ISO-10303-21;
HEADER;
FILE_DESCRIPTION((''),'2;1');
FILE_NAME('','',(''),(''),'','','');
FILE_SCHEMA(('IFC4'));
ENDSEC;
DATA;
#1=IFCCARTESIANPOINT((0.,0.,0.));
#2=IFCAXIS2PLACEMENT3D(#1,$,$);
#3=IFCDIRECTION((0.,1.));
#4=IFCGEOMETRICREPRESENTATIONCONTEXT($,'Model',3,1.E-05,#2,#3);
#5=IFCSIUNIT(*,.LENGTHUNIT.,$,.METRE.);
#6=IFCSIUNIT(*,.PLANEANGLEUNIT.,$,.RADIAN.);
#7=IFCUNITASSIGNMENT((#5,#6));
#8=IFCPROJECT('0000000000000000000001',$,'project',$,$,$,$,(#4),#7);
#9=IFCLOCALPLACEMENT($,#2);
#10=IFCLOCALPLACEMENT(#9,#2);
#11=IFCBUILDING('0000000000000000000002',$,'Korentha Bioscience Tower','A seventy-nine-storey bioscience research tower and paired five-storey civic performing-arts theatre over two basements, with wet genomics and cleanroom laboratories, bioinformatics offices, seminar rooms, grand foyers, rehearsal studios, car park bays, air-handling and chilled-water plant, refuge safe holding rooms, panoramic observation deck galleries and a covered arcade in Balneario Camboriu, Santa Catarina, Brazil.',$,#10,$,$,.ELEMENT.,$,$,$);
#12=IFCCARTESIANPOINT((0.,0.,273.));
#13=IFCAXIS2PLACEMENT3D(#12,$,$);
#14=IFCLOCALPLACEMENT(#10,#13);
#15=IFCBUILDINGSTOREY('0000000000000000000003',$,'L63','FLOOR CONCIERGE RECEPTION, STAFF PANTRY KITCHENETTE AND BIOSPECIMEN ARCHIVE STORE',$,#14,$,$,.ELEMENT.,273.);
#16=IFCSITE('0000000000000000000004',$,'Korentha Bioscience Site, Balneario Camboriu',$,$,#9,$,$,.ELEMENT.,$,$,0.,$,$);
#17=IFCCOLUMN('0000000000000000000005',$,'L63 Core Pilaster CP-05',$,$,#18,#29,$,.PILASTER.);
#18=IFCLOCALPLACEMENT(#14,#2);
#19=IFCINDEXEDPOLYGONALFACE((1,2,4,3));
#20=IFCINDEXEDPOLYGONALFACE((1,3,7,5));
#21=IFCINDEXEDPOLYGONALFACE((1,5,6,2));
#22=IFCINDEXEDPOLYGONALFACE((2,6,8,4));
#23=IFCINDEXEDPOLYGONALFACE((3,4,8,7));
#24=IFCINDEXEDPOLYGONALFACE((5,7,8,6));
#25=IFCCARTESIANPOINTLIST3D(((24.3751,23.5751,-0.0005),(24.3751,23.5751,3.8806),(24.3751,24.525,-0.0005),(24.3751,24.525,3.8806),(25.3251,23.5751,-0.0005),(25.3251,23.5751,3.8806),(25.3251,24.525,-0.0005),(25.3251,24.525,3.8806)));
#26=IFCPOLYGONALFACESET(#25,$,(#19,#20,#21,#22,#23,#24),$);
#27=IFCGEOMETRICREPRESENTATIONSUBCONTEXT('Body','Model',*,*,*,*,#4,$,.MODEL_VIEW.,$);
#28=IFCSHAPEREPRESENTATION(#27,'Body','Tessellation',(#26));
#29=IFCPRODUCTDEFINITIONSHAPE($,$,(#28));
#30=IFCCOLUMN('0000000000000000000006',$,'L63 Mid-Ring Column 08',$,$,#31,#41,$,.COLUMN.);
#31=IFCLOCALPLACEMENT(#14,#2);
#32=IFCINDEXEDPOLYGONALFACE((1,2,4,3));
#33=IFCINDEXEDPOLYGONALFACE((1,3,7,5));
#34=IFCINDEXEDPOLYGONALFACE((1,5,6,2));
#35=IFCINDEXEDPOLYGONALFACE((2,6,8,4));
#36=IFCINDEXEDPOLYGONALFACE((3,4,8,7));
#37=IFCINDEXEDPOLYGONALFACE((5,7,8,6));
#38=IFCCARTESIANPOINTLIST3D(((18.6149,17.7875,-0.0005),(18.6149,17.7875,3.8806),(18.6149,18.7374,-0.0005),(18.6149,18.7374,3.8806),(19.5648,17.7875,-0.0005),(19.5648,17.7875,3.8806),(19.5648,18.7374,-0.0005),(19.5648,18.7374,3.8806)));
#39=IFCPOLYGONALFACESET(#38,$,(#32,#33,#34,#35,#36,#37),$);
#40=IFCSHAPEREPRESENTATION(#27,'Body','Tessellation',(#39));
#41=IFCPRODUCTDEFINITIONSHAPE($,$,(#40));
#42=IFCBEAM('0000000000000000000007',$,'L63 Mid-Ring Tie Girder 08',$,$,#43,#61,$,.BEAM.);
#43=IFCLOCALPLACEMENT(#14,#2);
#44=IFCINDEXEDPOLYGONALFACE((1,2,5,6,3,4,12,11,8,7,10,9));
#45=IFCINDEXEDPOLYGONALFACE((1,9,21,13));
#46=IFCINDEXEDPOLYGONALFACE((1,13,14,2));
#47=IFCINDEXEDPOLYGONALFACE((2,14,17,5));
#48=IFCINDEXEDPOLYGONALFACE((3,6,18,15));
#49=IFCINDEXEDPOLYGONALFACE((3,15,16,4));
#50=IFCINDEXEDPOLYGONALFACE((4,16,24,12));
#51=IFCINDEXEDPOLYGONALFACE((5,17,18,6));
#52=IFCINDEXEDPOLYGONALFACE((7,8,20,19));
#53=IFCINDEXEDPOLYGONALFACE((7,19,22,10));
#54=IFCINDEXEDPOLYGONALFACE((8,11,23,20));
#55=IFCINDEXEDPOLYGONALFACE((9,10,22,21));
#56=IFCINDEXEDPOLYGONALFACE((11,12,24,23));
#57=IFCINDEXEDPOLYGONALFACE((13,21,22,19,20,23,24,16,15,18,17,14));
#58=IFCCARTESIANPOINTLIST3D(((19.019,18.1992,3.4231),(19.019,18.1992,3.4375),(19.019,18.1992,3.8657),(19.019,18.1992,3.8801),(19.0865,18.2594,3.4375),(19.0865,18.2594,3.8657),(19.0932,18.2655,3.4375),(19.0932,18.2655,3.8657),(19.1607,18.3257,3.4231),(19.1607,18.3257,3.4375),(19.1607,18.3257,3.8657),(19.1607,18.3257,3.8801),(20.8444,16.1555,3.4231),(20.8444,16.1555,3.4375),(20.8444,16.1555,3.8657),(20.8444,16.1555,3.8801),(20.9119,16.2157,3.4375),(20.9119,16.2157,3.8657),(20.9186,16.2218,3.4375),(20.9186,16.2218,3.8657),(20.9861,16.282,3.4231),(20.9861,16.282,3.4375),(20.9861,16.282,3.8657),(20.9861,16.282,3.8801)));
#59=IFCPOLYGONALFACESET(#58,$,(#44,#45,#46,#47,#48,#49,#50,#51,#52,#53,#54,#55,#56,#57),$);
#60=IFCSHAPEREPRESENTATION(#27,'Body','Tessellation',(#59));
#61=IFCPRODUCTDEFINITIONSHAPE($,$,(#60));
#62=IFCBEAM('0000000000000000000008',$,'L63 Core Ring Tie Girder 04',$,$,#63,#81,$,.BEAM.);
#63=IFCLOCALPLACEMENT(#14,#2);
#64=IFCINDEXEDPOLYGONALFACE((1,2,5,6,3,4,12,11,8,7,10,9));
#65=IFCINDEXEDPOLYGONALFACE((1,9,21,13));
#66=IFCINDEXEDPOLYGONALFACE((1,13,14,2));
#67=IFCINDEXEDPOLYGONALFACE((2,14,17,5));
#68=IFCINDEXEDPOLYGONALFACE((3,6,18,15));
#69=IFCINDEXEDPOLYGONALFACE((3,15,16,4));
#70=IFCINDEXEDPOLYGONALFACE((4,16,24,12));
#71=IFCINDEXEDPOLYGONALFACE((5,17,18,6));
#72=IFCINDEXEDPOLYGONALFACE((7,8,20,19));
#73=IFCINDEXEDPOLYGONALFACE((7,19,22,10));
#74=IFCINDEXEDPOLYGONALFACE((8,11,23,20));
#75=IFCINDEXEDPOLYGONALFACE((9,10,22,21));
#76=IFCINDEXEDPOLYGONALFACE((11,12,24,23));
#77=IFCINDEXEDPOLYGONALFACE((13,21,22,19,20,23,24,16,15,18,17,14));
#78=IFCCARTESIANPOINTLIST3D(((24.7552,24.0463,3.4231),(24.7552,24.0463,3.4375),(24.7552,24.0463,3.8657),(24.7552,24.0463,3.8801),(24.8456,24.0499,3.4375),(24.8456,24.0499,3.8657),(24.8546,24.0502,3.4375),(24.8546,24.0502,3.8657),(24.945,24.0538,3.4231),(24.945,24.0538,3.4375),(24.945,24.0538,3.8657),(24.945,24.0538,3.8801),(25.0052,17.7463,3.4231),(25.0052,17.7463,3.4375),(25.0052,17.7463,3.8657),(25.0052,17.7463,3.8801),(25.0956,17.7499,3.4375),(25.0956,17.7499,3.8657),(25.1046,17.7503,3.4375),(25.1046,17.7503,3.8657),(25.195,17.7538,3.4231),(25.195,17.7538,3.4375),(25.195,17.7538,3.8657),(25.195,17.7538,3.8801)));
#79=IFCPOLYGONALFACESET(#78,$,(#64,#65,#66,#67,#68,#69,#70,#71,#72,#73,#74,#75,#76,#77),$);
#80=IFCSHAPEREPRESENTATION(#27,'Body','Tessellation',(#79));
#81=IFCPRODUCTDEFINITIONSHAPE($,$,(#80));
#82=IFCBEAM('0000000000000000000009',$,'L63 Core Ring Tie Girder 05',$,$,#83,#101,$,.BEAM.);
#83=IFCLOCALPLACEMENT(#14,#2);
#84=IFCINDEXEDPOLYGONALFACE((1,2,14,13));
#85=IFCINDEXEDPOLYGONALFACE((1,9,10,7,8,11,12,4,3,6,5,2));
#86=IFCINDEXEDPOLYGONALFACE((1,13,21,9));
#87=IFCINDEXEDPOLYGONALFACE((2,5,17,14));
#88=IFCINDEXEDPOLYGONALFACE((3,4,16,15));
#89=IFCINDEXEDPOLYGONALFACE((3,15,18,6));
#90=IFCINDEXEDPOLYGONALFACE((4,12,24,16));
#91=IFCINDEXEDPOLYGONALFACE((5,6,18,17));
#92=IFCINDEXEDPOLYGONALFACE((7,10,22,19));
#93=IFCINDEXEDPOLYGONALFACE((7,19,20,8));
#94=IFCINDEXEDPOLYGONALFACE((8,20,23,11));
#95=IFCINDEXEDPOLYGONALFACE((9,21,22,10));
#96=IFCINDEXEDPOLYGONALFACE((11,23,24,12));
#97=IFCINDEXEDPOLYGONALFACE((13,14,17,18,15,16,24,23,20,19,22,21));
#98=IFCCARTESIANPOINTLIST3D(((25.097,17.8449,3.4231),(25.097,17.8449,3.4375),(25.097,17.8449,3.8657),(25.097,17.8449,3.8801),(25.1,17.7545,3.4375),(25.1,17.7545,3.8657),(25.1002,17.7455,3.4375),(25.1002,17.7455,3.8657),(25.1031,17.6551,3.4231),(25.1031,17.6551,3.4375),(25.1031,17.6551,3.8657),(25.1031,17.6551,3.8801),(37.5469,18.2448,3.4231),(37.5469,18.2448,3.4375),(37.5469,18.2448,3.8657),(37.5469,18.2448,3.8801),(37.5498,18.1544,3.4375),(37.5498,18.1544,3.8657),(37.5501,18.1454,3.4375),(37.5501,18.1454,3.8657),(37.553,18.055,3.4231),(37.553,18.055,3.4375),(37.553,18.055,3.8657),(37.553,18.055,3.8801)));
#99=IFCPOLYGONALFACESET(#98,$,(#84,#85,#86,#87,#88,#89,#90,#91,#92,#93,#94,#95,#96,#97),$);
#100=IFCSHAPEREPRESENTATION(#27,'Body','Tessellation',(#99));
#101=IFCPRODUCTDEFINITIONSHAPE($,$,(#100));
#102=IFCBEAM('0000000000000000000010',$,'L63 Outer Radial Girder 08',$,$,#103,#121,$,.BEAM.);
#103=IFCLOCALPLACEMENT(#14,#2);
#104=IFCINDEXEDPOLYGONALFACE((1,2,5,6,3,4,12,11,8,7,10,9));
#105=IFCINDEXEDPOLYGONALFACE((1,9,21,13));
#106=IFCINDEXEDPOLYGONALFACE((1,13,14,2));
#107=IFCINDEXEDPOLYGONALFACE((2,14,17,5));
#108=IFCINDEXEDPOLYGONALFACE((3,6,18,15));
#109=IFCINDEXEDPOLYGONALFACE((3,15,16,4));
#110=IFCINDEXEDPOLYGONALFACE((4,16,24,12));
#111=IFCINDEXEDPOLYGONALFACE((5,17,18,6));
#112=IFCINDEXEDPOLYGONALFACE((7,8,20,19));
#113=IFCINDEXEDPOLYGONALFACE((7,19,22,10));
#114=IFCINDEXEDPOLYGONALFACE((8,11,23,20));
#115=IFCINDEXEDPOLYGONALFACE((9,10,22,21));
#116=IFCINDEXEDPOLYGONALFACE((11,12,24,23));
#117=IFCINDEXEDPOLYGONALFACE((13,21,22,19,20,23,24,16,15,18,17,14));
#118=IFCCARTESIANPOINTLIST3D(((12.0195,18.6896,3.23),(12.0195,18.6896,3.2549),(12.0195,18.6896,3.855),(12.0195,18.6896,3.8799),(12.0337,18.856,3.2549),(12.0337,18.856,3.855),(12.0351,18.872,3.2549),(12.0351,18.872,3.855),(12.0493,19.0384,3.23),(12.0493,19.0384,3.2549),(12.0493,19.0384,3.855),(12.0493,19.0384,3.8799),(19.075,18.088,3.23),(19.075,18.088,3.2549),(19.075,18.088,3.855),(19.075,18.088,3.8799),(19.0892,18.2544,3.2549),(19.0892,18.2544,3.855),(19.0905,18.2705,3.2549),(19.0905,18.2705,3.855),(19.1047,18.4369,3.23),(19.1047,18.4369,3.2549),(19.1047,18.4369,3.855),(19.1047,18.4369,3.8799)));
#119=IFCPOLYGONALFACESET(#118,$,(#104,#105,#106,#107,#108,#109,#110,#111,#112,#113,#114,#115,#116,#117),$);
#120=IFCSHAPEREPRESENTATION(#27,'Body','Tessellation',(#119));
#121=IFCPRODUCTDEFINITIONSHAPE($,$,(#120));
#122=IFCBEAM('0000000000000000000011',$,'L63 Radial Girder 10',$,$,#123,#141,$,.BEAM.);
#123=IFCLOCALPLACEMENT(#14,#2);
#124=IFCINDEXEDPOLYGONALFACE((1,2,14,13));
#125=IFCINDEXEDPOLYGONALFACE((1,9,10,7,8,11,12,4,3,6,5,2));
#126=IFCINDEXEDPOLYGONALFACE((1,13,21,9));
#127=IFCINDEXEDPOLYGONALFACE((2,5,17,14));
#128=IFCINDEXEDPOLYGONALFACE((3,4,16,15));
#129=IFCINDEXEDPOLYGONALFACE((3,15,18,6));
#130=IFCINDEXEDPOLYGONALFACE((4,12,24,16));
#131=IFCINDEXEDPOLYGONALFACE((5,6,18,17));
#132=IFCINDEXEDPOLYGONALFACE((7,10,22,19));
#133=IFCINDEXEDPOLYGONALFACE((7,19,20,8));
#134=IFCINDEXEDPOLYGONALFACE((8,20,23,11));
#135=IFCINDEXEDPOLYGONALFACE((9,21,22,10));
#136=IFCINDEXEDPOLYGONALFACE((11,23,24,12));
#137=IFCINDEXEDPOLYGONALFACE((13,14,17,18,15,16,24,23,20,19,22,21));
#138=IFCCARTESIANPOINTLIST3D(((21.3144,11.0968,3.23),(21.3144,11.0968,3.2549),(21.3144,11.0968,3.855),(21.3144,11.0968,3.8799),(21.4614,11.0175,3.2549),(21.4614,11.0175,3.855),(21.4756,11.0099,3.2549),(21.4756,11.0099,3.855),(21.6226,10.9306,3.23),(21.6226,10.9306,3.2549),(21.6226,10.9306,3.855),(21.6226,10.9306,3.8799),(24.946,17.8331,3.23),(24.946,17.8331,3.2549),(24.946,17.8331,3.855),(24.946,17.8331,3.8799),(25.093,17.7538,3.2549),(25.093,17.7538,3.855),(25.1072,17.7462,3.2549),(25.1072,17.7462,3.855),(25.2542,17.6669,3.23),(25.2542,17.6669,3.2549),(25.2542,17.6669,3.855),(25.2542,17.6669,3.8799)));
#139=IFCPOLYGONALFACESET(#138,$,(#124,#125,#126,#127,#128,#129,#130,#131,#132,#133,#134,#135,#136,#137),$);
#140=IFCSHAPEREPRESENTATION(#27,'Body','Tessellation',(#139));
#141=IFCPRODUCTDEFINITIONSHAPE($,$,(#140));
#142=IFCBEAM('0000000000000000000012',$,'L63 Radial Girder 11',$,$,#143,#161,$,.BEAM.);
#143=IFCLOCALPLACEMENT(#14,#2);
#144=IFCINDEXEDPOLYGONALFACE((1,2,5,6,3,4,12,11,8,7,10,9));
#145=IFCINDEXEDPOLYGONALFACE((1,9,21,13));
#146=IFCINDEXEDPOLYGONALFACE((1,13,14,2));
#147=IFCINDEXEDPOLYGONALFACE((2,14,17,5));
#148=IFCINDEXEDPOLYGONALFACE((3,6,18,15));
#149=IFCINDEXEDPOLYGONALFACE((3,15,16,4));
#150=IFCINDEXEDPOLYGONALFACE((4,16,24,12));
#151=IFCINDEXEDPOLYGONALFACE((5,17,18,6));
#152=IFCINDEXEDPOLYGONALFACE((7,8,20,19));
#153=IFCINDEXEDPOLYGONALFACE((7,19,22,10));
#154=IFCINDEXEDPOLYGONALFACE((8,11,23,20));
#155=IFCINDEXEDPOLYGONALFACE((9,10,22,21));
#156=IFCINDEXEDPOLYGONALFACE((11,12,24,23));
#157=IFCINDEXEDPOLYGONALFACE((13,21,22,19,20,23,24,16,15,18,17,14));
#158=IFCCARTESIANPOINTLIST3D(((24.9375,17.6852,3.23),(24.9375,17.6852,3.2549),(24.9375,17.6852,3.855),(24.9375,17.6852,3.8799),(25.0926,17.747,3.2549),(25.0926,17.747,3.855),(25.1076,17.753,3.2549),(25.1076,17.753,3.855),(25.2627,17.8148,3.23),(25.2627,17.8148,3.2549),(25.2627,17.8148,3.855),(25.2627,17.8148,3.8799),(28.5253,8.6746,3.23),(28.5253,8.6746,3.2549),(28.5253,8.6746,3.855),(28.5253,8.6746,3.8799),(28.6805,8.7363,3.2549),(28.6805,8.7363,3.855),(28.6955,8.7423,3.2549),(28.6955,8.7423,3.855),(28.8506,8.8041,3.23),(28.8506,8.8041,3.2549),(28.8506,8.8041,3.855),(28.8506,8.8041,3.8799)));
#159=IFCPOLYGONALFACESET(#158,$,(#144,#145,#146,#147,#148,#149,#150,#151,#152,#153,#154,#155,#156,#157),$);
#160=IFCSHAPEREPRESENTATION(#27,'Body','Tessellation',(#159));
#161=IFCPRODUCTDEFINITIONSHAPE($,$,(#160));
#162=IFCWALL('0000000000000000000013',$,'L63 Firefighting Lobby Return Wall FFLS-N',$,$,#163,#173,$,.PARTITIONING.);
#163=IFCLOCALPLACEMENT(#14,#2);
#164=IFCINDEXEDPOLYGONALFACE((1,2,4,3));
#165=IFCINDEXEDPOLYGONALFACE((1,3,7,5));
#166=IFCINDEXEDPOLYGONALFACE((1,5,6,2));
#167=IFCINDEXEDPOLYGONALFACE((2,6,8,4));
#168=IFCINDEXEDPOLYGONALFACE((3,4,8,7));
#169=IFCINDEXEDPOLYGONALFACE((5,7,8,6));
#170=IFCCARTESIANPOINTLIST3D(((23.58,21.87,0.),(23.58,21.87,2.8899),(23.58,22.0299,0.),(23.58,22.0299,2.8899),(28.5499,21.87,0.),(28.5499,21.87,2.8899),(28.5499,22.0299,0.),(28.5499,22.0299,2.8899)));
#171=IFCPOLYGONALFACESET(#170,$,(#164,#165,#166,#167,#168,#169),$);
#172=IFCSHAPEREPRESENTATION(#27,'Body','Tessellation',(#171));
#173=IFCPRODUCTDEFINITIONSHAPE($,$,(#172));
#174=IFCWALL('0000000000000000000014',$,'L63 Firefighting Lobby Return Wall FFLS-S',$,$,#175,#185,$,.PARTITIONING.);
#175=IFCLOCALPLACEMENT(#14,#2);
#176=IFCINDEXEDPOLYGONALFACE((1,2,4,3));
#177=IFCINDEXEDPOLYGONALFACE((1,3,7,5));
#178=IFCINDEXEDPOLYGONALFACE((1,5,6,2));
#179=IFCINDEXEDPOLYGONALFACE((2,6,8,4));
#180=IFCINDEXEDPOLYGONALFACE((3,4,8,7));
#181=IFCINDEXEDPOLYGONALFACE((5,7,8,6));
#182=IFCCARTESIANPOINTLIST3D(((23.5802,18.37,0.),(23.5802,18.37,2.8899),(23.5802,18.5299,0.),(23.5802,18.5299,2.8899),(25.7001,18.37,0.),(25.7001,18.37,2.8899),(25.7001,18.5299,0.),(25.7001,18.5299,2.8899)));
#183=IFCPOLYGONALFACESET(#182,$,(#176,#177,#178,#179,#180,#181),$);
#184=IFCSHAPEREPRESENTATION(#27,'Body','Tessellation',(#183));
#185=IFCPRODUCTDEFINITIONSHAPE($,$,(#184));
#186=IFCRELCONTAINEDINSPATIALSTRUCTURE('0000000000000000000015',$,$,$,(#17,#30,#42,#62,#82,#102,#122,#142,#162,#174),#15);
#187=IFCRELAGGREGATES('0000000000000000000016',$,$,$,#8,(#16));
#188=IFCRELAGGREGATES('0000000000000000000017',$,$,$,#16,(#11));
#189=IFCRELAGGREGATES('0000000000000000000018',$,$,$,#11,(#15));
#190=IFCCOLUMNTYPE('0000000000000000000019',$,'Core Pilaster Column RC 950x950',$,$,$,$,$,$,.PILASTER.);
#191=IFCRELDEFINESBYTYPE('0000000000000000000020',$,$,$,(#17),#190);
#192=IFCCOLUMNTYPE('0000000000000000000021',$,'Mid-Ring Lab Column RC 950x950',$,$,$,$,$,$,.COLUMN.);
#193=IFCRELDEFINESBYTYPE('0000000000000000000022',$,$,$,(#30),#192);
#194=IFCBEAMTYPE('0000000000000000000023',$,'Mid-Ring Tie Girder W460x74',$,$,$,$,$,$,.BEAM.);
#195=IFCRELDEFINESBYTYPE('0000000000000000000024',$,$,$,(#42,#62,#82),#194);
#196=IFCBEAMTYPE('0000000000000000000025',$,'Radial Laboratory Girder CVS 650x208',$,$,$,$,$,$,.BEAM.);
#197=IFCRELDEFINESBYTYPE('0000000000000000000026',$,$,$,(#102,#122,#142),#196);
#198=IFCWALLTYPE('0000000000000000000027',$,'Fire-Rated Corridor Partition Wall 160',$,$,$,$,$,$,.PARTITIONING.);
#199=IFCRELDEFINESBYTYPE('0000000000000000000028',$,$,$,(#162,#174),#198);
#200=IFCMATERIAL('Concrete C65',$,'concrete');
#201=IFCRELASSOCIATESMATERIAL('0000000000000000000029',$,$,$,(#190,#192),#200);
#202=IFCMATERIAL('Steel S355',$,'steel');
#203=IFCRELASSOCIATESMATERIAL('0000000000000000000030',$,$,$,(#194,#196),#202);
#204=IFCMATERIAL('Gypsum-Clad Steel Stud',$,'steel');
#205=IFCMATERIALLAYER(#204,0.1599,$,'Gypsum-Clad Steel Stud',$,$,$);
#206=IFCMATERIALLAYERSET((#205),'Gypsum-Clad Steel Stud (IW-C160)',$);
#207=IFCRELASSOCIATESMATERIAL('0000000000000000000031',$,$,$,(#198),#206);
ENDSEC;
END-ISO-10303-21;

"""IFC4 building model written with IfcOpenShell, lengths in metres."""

from ifc_helpers import new_model, si_unit, direction, frame, frame_2d, origin, origin_2d, place, context, subcontext, project, spatial, rectangle, i_section, extrude, material, layer, layer_set, material_profile, profile_set, type_object, element, save


model = new_model("IFC4")

# Units and contexts
model_context = context("Model", 3, precision=1e-05, world=origin(), true_north=direction((0.0, 1.0)))
body_context = subcontext(model_context, "Body", "Model", "MODEL_VIEW")
ifc_project = project(units=[si_unit("LENGTHUNIT", "METRE"), si_unit("PLANEANGLEUNIT", "RADIAN")], contexts=[model_context])

# Site, building, storey
site_placement = place(None, origin())
site = spatial("IfcSite", under=ifc_project, at=site_placement, Name="Korentha Bioscience Site, Balneario Camboriu", CompositionType="ELEMENT", RefElevation=0.0)
building_placement = place(site_placement, origin())
building = spatial("IfcBuilding", under=site, at=building_placement, Name="Korentha Bioscience Tower", Description="A seventy-nine-storey bioscience research tower and paired five-storey civic performing-arts theatre over two basements, with wet genomics and cleanroom laboratories, bioinformatics offices, seminar rooms, grand foyers, rehearsal studios, car park bays, air-handling and chilled-water plant, refuge safe holding rooms, panoramic observation deck galleries and a covered arcade in Balneario Camboriu, Santa Catarina, Brazil.", CompositionType="ELEMENT")
storey_placement = place(building_placement, frame((0.0, 0.0, 273.0)))
storey = spatial("IfcBuildingStorey", under=building, at=storey_placement, Name="L63", Description="FLOOR CONCIERGE RECEPTION, STAFF PANTRY KITCHENETTE AND BIOSPECIMEN ARCHIVE STORE", CompositionType="ELEMENT", Elevation=273.0)

# Columns
ifc_material_1 = material(Name="Concrete C65", Category="concrete")
ifc_material_profile_1 = material_profile(ifc_material_1, rectangle(XDim=0.95, YDim=0.95, at=origin_2d()), Name="Concrete C65")
ifc_profile_set_1 = profile_set([ifc_material_profile_1], Name="Concrete C65 (COL-CP09)")
column_type_1 = type_object("IfcColumnType", Name="Core Pilaster Column RC 950x950", PredefinedType="PILASTER", material=ifc_profile_set_1)
column_1_placement = place(storey_placement, frame((24.8501, 24.05, -0.0005), z_axis=(0.0, 0.0, 1.0), x_axis=(1.0, 0.0, 0.0)))
element("IfcColumn", 1, at=column_1_placement, inside=storey, type_object=column_type_1, Name="L63 Core Pilaster CP-05", PredefinedType="PILASTER", context=body_context, shape_type="SweptSolid", body=[
    extrude(rectangle(XDim=0.95, YDim=0.95, at=origin_2d()), origin(), (0.0, 0.0, 1.0), 3.8811),
])
ifc_material_profile_2 = material_profile(ifc_material_1, rectangle(XDim=0.95, YDim=0.95, at=origin_2d()), Name="Concrete C65")
ifc_profile_set_2 = profile_set([ifc_material_profile_2], Name="Concrete C65 (COL-MR09)")
column_type_2 = type_object("IfcColumnType", Name="Mid-Ring Lab Column RC 950x950", PredefinedType="COLUMN", material=ifc_profile_set_2)
column_2_placement = place(storey_placement, frame((19.0898, 18.2625, -0.0005), z_axis=(0.0, 0.0, 1.0), x_axis=(1.0, 0.0, 0.0)))
element("IfcColumn", 2, at=column_2_placement, inside=storey, type_object=column_type_2, Name="L63 Mid-Ring Column 08", PredefinedType="COLUMN", context=body_context, shape_type="SweptSolid", body=[
    extrude(rectangle(XDim=0.95, YDim=0.95, at=origin_2d()), origin(), (0.0, 0.0, 1.0), 3.8811),
])

# Beams
ifc_material_2 = material(Name="Steel S355", Category="steel")
ifc_material_profile_3 = material_profile(ifc_material_2, i_section(OverallWidth=0.1899, OverallDepth=0.457, WebThickness=0.009, FlangeThickness=0.0144, at=origin_2d()), Name="Steel S355")
ifc_profile_set_3 = profile_set([ifc_material_profile_3], Name="Steel S355 (MB-460)")
beam_type_1 = type_object("IfcBeamType", Name="Mid-Ring Tie Girder W460x74", PredefinedType="BEAM", material=ifc_profile_set_3)
beam_1_placement = place(storey_placement, frame((19.0898, 18.2625, 3.6516), z_axis=(0.666159, -0.74581, 0.0), x_axis=(0.74581, 0.666159, 0.0)))
element("IfcBeam", 3, at=beam_1_placement, inside=storey, type_object=beam_type_1, Name="L63 Mid-Ring Tie Girder 08", PredefinedType="BEAM", context=body_context, shape_type="SweptSolid", body=[
    extrude(i_section(OverallWidth=0.1899, OverallDepth=0.457, WebThickness=0.009, FlangeThickness=0.0144, at=origin_2d()), origin(), (0.0, 0.0, 1.0), 2.7402),
])
beam_2_placement = place(storey_placement, frame((24.8501, 24.05, 3.6516), z_axis=(0.039651, -0.999214, 0.0), x_axis=(0.999214, 0.039651, 0.0)))
element("IfcBeam", 4, at=beam_2_placement, inside=storey, type_object=beam_type_1, Name="L63 Core Ring Tie Girder 04", PredefinedType="BEAM", context=body_context, shape_type="SweptSolid", body=[
    extrude(i_section(OverallWidth=0.1899, OverallDepth=0.457, WebThickness=0.009, FlangeThickness=0.0144, at=origin_2d()), origin(), (0.0, 0.0, 1.0), 6.3049),
])
beam_3_placement = place(storey_placement, frame((25.1001, 17.75, 3.6516), z_axis=(0.999485, 0.032104, 0.0), x_axis=(-0.032104, 0.999485, 0.0)))
element("IfcBeam", 5, at=beam_3_placement, inside=storey, type_object=beam_type_1, Name="L63 Core Ring Tie Girder 05", PredefinedType="BEAM", context=body_context, shape_type="SweptSolid", body=[
    extrude(i_section(OverallWidth=0.1899, OverallDepth=0.457, WebThickness=0.009, FlangeThickness=0.0144, at=origin_2d()), origin(), (0.0, 0.0, 1.0), 12.4563),
])
ifc_material_profile_4 = material_profile(ifc_material_2, i_section(OverallWidth=0.3501, OverallDepth=0.6499, WebThickness=0.0161, FlangeThickness=0.0249, at=origin_2d()), Name="Steel S355")
ifc_profile_set_4 = profile_set([ifc_material_profile_4], Name="Steel S355 (RB-650)")
beam_type_2 = type_object("IfcBeamType", Name="Radial Laboratory Girder CVS 650x208", PredefinedType="BEAM", material=ifc_profile_set_4)
beam_4_placement = place(storey_placement, frame((19.0898, 18.2625, 3.5549), z_axis=(-0.996385, 0.084954, 0.0), x_axis=(-0.084954, -0.996385, 0.0)))
element("IfcBeam", 6, at=beam_4_placement, inside=storey, type_object=beam_type_2, Name="L63 Outer Radial Girder 08", PredefinedType="BEAM", context=body_context, shape_type="SweptSolid", body=[
    extrude(i_section(OverallWidth=0.3501, OverallDepth=0.6499, WebThickness=0.0161, FlangeThickness=0.0249, at=origin_2d()), origin(), (0.0, 0.0, 1.0), 7.0811),
])
beam_5_placement = place(storey_placement, frame((25.1001, 17.75, 3.5549), z_axis=(-0.474539, -0.880234, 0.0), x_axis=(0.880234, -0.474539, 0.0)))
element("IfcBeam", 7, at=beam_5_placement, inside=storey, type_object=beam_type_2, Name="L63 Radial Girder 10", PredefinedType="BEAM", context=body_context, shape_type="SweptSolid", body=[
    extrude(i_section(OverallWidth=0.3501, OverallDepth=0.6499, WebThickness=0.0161, FlangeThickness=0.0249, at=origin_2d()), origin(), (0.0, 0.0, 1.0), 7.6528),
])
beam_6_placement = place(storey_placement, frame((25.1001, 17.75, 3.5549), z_axis=(0.369932, -0.929059, 0.0), x_axis=(0.929059, 0.369932, 0.0)))
element("IfcBeam", 8, at=beam_6_placement, inside=storey, type_object=beam_type_2, Name="L63 Radial Girder 11", PredefinedType="BEAM", context=body_context, shape_type="SweptSolid", body=[
    extrude(i_section(OverallWidth=0.3501, OverallDepth=0.6499, WebThickness=0.0161, FlangeThickness=0.0249, at=origin_2d()), origin(), (0.0, 0.0, 1.0), 9.6987),
])

# Shared definitions
ifc_material_3 = material(Name="Gypsum-Clad Steel Stud", Category="steel")
ifc_layer_1 = layer(ifc_material_3, 0.1599, Name="Gypsum-Clad Steel Stud")
ifc_layer_set_1 = layer_set([ifc_layer_1], Name="Gypsum-Clad Steel Stud (IW-C160)")
wall_type_1 = type_object("IfcWallType", Name="Fire-Rated Corridor Partition Wall 160", PredefinedType="PARTITIONING", material=ifc_layer_set_1)

# Walls
wall_1_placement = place(storey_placement, frame((23.5801, 21.95, 0.0), z_axis=(0.0, 0.0, 1.0), x_axis=(1.0, 0.0, 0.0)))
element("IfcWall", 9, at=wall_1_placement, inside=storey, type_object=wall_type_1, Name="L63 Firefighting Lobby Return Wall FFLS-N", PredefinedType="PARTITIONING", context=body_context, shape_type="SweptSolid", body=[
    extrude(rectangle(XDim=4.97, YDim=0.1599, at=frame_2d((2.4849, 0.0))), origin(), (0.0, 0.0, 1.0), 2.8899),
])
wall_2_placement = place(storey_placement, frame((23.5801, 18.45, 0.0), z_axis=(0.0, 0.0, 1.0), x_axis=(1.0, 0.0, 0.0)))
element("IfcWall", 10, at=wall_2_placement, inside=storey, type_object=wall_type_1, Name="L63 Firefighting Lobby Return Wall FFLS-S", PredefinedType="PARTITIONING", context=body_context, shape_type="SweptSolid", body=[
    extrude(rectangle(XDim=2.1199, YDim=0.1599, at=frame_2d((1.0601, 0.0))), origin(), (0.0, 0.0, 1.0), 2.8899),
])

save(model, "model.ifc")
